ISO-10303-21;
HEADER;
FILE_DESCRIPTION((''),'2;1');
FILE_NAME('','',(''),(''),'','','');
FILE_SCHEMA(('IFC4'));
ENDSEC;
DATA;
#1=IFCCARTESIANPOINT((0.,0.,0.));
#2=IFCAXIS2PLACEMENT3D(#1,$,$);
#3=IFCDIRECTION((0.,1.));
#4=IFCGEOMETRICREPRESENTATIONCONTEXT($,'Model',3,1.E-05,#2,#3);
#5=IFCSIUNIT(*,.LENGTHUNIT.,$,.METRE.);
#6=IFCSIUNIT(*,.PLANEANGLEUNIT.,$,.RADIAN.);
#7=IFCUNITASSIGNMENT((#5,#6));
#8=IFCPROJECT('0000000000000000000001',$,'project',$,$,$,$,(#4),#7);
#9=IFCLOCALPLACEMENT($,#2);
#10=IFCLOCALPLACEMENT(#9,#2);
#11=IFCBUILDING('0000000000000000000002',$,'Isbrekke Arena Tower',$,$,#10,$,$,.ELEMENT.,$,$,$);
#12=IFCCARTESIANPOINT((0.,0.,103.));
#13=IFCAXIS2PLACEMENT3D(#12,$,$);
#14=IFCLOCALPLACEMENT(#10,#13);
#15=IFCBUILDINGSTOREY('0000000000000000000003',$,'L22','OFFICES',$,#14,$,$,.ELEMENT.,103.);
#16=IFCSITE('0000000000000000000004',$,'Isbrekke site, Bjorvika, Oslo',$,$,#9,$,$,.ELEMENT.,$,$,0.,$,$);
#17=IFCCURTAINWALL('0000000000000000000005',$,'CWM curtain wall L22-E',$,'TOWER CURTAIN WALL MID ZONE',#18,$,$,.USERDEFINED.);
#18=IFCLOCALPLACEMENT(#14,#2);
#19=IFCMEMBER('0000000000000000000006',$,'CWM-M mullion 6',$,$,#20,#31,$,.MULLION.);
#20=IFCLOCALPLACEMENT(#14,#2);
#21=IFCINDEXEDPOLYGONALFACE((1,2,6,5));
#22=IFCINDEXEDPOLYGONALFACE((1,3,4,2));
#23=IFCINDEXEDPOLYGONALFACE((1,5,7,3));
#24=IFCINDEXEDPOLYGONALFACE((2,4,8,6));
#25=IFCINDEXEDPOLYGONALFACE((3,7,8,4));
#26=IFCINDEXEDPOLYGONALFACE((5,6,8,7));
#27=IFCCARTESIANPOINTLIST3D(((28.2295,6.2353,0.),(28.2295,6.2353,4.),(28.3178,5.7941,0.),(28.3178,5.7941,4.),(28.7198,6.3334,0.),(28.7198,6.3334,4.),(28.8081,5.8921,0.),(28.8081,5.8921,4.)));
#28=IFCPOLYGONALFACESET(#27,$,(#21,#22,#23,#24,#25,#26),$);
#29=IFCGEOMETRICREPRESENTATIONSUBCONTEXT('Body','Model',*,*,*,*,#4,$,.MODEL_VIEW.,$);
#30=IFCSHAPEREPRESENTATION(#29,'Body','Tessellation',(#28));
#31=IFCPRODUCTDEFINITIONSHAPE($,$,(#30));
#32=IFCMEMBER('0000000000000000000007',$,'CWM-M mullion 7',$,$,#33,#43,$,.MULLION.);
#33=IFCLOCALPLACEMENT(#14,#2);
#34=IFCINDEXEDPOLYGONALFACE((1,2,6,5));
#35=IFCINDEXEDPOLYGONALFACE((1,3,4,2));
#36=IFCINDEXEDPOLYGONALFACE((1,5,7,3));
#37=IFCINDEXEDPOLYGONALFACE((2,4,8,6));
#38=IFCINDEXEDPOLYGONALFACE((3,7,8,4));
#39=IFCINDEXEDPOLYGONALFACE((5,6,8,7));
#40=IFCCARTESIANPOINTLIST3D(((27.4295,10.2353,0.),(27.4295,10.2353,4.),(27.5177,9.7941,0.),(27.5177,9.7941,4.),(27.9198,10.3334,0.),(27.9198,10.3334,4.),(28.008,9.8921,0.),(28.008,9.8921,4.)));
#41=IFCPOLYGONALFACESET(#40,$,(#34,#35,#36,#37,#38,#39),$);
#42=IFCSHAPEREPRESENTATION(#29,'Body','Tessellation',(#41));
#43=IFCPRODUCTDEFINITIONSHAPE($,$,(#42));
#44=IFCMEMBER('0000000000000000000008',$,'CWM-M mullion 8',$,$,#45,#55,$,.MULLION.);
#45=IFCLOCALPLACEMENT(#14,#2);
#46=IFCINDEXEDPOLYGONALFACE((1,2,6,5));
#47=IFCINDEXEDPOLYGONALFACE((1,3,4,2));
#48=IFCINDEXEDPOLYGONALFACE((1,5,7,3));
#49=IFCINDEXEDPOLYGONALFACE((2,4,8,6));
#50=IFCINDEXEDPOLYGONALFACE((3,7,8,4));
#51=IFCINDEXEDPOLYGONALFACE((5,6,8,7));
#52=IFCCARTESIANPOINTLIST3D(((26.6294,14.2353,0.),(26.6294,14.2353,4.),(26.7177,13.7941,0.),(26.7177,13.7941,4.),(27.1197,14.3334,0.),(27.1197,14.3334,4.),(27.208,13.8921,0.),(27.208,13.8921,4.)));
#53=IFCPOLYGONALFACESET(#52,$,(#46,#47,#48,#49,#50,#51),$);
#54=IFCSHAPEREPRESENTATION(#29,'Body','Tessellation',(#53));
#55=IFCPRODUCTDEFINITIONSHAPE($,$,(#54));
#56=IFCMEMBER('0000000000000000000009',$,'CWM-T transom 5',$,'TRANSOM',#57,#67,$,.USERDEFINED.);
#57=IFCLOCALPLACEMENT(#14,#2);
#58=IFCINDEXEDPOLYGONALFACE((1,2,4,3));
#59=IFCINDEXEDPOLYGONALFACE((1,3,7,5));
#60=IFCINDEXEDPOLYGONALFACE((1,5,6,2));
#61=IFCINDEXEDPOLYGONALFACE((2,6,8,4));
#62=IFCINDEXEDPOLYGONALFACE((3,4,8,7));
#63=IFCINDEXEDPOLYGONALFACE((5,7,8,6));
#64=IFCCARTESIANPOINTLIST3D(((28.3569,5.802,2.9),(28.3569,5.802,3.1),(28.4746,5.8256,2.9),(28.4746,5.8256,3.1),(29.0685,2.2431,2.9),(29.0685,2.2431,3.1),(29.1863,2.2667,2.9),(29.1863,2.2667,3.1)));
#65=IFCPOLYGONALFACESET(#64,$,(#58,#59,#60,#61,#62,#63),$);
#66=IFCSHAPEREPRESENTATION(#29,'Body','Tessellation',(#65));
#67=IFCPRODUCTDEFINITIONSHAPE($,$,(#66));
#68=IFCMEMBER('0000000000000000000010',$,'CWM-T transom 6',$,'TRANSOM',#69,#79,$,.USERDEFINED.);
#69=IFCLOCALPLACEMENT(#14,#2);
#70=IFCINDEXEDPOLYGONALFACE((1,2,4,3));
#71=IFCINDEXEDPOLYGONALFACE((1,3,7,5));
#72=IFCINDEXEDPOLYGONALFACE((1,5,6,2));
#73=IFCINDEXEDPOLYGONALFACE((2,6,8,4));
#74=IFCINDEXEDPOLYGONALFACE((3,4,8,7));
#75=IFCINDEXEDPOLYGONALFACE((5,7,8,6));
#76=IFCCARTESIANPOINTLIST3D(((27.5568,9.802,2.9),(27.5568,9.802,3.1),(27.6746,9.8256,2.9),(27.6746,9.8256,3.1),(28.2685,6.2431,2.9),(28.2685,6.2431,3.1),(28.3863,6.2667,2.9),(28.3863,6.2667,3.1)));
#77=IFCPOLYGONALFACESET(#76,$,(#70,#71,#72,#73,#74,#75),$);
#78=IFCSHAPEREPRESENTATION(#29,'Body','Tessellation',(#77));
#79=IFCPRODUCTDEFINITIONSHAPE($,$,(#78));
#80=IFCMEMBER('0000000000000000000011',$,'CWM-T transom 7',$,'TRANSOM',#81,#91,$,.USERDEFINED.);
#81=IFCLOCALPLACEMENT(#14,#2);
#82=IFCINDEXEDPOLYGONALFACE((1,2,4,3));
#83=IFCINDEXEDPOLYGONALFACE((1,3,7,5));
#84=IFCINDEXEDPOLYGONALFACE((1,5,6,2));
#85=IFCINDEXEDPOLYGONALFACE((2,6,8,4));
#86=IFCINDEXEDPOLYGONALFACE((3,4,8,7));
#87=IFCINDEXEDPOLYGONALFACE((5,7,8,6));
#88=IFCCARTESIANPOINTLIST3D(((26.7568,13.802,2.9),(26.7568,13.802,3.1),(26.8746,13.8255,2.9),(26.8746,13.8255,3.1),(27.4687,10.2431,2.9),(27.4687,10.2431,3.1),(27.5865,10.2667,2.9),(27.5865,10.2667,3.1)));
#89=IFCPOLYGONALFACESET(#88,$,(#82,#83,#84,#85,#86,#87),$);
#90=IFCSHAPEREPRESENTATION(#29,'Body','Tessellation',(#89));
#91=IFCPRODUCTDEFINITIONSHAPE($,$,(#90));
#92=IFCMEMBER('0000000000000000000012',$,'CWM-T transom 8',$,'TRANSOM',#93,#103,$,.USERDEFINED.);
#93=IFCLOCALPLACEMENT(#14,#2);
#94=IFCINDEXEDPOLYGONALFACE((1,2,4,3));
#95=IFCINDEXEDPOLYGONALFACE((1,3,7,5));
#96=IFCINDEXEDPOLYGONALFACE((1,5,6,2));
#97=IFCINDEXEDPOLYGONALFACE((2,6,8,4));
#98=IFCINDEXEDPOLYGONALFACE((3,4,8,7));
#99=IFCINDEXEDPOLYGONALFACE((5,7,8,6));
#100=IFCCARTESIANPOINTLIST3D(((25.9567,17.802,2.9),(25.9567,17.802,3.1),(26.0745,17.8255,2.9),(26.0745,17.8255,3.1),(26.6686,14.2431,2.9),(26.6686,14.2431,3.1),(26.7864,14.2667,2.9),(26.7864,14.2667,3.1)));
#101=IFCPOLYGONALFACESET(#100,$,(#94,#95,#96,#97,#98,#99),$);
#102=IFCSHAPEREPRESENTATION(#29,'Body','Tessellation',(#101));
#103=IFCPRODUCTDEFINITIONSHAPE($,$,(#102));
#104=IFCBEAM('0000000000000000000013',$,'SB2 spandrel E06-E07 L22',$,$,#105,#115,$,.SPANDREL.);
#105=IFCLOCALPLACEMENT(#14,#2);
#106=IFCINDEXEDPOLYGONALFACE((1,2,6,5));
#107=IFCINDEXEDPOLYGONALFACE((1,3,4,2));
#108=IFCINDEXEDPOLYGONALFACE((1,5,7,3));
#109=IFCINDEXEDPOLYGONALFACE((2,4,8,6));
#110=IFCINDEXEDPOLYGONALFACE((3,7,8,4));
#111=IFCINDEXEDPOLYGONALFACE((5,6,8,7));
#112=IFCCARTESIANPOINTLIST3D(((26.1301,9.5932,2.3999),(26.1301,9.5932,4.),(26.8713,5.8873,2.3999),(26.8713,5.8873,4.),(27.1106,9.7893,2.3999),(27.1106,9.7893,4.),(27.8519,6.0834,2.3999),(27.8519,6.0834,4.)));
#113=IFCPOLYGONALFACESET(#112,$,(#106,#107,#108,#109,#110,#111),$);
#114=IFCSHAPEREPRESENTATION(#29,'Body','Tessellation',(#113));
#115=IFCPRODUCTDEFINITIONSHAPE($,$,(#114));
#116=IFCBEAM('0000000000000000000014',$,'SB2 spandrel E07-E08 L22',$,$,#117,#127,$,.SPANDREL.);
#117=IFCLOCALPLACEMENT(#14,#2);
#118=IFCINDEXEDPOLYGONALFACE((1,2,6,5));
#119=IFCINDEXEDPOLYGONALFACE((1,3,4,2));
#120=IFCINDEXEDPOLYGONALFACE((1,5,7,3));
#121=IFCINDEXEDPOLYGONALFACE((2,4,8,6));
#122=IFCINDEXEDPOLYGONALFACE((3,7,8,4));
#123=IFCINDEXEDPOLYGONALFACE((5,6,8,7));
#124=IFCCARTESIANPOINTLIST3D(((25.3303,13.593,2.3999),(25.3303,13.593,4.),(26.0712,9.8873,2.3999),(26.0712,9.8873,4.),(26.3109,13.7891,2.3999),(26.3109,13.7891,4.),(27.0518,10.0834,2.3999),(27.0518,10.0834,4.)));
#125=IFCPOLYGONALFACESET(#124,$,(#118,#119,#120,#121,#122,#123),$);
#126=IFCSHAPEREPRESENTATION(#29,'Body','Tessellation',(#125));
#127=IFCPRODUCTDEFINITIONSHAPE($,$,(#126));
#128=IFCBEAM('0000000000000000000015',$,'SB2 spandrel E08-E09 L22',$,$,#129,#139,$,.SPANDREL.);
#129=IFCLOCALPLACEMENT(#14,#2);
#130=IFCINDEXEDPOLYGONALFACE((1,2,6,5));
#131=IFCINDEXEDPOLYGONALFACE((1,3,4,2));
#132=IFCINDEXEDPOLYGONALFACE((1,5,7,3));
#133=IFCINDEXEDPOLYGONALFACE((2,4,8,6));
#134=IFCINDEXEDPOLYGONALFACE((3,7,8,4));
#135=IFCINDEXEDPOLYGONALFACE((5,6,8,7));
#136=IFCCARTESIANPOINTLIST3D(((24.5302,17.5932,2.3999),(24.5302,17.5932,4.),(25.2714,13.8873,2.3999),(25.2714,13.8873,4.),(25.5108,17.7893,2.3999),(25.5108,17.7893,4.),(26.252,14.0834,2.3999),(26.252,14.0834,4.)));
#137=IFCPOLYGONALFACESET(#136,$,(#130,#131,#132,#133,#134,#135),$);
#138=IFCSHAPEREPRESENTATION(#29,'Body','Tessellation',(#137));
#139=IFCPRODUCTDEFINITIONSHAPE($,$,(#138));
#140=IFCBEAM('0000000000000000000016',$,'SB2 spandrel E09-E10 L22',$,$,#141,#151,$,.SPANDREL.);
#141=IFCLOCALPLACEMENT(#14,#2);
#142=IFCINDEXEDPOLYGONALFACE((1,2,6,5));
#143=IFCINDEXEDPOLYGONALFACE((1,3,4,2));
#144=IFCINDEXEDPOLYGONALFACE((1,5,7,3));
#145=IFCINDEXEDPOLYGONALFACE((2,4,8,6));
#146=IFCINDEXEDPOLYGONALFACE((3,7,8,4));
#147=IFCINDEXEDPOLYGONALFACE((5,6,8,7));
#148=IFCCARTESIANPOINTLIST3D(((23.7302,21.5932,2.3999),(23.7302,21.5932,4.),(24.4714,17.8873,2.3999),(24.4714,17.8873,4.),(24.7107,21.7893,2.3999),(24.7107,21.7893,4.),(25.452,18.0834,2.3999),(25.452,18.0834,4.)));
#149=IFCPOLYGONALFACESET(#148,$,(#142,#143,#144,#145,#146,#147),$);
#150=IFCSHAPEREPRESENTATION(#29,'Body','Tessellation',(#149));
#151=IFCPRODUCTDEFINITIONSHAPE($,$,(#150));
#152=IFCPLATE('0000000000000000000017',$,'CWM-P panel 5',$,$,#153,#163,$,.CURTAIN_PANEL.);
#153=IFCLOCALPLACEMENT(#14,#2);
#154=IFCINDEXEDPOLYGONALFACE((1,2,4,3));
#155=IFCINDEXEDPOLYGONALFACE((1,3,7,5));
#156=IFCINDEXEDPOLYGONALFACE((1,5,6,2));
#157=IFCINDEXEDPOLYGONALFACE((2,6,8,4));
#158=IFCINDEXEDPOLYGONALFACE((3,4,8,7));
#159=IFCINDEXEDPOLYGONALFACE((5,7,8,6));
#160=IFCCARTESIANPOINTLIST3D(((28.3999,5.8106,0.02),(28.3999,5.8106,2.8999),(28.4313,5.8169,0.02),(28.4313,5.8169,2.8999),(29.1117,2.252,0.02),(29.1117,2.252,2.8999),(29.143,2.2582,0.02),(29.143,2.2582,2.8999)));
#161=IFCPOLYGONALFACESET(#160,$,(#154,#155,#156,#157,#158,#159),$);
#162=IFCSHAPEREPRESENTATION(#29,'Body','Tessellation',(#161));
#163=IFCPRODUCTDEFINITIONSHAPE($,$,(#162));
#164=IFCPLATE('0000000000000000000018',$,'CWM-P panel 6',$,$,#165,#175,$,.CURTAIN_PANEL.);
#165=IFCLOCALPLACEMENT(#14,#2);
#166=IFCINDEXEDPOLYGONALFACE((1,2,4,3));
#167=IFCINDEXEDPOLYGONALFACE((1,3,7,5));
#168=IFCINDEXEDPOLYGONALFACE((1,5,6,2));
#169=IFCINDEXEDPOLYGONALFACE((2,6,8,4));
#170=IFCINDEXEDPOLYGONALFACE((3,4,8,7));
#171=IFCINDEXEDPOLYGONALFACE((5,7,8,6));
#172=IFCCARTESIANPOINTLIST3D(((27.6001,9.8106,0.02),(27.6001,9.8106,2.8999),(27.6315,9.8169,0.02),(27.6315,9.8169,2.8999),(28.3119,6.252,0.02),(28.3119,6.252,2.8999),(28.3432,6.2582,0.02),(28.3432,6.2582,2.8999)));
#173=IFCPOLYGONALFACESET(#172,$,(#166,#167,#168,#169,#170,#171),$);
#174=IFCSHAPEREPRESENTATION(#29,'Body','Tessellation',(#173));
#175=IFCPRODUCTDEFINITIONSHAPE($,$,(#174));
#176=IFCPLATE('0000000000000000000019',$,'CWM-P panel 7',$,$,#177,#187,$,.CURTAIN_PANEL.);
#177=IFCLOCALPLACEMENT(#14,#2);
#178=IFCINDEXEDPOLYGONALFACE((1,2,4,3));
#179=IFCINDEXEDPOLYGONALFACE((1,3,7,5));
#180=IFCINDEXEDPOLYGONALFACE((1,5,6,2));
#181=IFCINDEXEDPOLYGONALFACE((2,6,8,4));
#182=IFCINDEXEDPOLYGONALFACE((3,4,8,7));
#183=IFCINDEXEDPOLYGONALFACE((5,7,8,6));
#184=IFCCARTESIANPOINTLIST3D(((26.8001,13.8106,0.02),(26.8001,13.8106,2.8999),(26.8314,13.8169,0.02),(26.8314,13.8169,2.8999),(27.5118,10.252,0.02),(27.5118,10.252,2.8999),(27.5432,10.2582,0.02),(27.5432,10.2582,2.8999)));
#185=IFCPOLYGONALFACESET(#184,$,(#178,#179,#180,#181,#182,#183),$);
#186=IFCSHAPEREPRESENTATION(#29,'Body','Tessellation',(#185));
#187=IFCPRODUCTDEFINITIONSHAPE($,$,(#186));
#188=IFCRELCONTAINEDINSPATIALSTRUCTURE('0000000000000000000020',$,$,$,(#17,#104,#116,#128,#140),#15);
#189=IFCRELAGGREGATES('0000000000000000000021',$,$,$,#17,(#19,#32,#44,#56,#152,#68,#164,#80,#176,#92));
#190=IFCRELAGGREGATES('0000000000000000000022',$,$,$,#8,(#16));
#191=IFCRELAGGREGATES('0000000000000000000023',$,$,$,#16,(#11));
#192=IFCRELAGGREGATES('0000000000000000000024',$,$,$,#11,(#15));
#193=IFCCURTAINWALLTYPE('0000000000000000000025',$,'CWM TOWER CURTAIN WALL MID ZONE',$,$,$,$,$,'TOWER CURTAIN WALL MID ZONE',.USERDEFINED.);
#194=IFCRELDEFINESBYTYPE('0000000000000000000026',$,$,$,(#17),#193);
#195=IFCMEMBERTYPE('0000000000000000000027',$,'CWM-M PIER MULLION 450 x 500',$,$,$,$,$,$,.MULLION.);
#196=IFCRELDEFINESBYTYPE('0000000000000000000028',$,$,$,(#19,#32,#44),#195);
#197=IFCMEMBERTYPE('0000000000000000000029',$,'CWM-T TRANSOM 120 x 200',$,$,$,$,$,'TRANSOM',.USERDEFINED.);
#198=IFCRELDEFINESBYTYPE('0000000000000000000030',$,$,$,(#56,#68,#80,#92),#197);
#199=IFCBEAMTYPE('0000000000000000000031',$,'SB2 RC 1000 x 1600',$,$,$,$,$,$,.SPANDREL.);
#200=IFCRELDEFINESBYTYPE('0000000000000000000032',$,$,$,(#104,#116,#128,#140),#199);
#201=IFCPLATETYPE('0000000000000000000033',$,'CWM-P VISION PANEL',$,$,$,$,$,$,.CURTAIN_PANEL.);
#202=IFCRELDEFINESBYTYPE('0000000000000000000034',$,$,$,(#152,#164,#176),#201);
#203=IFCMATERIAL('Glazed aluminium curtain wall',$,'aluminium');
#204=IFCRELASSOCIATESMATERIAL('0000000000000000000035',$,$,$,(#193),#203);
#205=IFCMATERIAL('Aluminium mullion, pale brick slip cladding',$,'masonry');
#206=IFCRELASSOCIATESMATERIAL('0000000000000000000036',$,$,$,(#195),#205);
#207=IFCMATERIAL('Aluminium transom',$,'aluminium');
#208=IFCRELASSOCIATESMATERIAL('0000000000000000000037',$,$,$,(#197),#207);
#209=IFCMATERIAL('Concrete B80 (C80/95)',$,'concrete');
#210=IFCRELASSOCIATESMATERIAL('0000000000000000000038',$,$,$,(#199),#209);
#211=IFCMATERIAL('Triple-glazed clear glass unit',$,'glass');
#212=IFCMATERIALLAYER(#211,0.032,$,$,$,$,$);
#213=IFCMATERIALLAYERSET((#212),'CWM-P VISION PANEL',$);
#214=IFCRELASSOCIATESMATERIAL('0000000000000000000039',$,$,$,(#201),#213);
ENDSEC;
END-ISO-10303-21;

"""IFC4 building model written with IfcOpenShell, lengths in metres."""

from ifc_helpers import new_model, si_unit, direction, frame, origin, origin_2d, place, context, subcontext, project, spatial, rectangle, extrude, material, layer, layer_set, material_profile, profile_set, type_object, element, aggregate, save


model = new_model("IFC4")

# Units and contexts
model_context = context("Model", 3, precision=1e-05, world=origin(), true_north=direction((0.0, 1.0)))
body_context = subcontext(model_context, "Body", "Model", "MODEL_VIEW")
ifc_project = project(units=[si_unit("LENGTHUNIT", "METRE"), si_unit("PLANEANGLEUNIT", "RADIAN")], contexts=[model_context])

# Site, building, storey
site_placement = place(None, origin())
site = spatial("IfcSite", under=ifc_project, at=site_placement, Name="Isbrekke site, Bjorvika, Oslo", CompositionType="ELEMENT", RefElevation=0.0)
building_placement = place(site_placement, origin())
building = spatial("IfcBuilding", under=site, at=building_placement, Name="Isbrekke Arena Tower", CompositionType="ELEMENT")
storey_placement = place(building_placement, frame((0.0, 0.0, 103.0)))
storey = spatial("IfcBuildingStorey", under=building, at=storey_placement, Name="L22", Description="OFFICES", CompositionType="ELEMENT", Elevation=103.0)

# Curtain wall, members
ifc_material_1 = material(Name="Glazed aluminium curtain wall", Category="aluminium")
curtain_wall_type = type_object("IfcCurtainWallType", Name="CWM TOWER CURTAIN WALL MID ZONE", ElementType="TOWER CURTAIN WALL MID ZONE", PredefinedType="USERDEFINED", material=ifc_material_1)
curtain_wall_placement = place(storey_placement, origin())
curtain_wall = element("IfcCurtainWall", 1, at=curtain_wall_placement, inside=storey, type_object=curtain_wall_type, Name="CWM curtain wall L22-E", ObjectType="TOWER CURTAIN WALL MID ZONE", PredefinedType="USERDEFINED")
ifc_material_2 = material(Name="Aluminium mullion, pale brick slip cladding", Category="masonry")
ifc_material_profile_1 = material_profile(ifc_material_2, rectangle(XDim=0.45, YDim=0.5, at=origin_2d()), Name="PIER 450X500")
ifc_profile_set_1 = profile_set([ifc_material_profile_1], Name="Aluminium mullion, pale brick slip cladding")
member_type_1 = type_object("IfcMemberType", Name="CWM-M PIER MULLION 450 x 500", PredefinedType="MULLION", material=ifc_profile_set_1)
member_1_placement = place(storey_placement, frame((28.5188, 6.0637, 0.0), z_axis=(0.0, 0.0, 1.0), x_axis=(-0.196116, 0.980581, 0.0)))
member_1 = element("IfcMember", 2, at=member_1_placement, type_object=member_type_1, Name="CWM-M mullion 6", PredefinedType="MULLION", context=body_context, shape_type="SweptSolid", body=[
    extrude(rectangle(XDim=0.45, YDim=0.5, at=origin_2d()), origin(), (0.0, 0.0, 1.0), 4.0),
])
member_2_placement = place(storey_placement, frame((27.7188, 10.0637, 0.0), z_axis=(0.0, 0.0, 1.0), x_axis=(-0.196116, 0.980581, 0.0)))
member_2 = element("IfcMember", 3, at=member_2_placement, type_object=member_type_1, Name="CWM-M mullion 7", PredefinedType="MULLION", context=body_context, shape_type="SweptSolid", body=[
    extrude(rectangle(XDim=0.45, YDim=0.5, at=origin_2d()), origin(), (0.0, 0.0, 1.0), 4.0),
])
member_3_placement = place(storey_placement, frame((26.9187, 14.0637, 0.0), z_axis=(0.0, 0.0, 1.0), x_axis=(-0.196116, 0.980581, 0.0)))
member_3 = element("IfcMember", 4, at=member_3_placement, type_object=member_type_1, Name="CWM-M mullion 8", PredefinedType="MULLION", context=body_context, shape_type="SweptSolid", body=[
    extrude(rectangle(XDim=0.45, YDim=0.5, at=origin_2d()), origin(), (0.0, 0.0, 1.0), 4.0),
])
ifc_material_3 = material(Name="Aluminium transom", Category="aluminium")
ifc_material_profile_2 = material_profile(ifc_material_3, rectangle(XDim=0.1201, YDim=0.2, at=origin_2d()), Name="TRANSOM 120X200")
ifc_profile_set_2 = profile_set([ifc_material_profile_2], Name="Aluminium transom")
member_type_2 = type_object("IfcMemberType", Name="CWM-T TRANSOM 120 x 200", ElementType="TRANSOM", PredefinedType="USERDEFINED", material=ifc_profile_set_2)
member_4_placement = place(storey_placement, frame((29.1274, 2.2549, 3.0), z_axis=(-0.19609, 0.980586, 0.0), x_axis=(-0.980586, -0.19609, 0.0)))
member_4 = element("IfcMember", 5, at=member_4_placement, type_object=member_type_2, Name="CWM-T transom 5", ObjectType="TRANSOM", PredefinedType="USERDEFINED", context=body_context, shape_type="SweptSolid", body=[
    extrude(rectangle(XDim=0.1201, YDim=0.2, at=origin_2d()), origin(), (0.0, 0.0, 1.0), 3.6294),
])
member_5_placement = place(storey_placement, frame((28.3274, 6.2549, 3.0), z_axis=(-0.19609, 0.980586, 0.0), x_axis=(-0.980586, -0.19609, 0.0)))
member_5 = element("IfcMember", 6, at=member_5_placement, type_object=member_type_2, Name="CWM-T transom 6", ObjectType="TRANSOM", PredefinedType="USERDEFINED", context=body_context, shape_type="SweptSolid", body=[
    extrude(rectangle(XDim=0.1201, YDim=0.2, at=origin_2d()), origin(), (0.0, 0.0, 1.0), 3.6294),
])
member_6_placement = place(storey_placement, frame((27.5276, 10.2549, 3.0), z_axis=(-0.196155, 0.980573, 0.0), x_axis=(-0.980573, -0.196155, 0.0)))
member_6 = element("IfcMember", 7, at=member_6_placement, type_object=member_type_2, Name="CWM-T transom 7", ObjectType="TRANSOM", PredefinedType="USERDEFINED", context=body_context, shape_type="SweptSolid", body=[
    extrude(rectangle(XDim=0.1201, YDim=0.2, at=origin_2d()), origin(), (0.0, 0.0, 1.0), 3.6294),
])
member_7_placement = place(storey_placement, frame((26.7275, 14.2549, 3.0), z_axis=(-0.196155, 0.980573, 0.0), x_axis=(-0.980573, -0.196155, 0.0)))
member_7 = element("IfcMember", 8, at=member_7_placement, type_object=member_type_2, Name="CWM-T transom 8", ObjectType="TRANSOM", PredefinedType="USERDEFINED", context=body_context, shape_type="SweptSolid", body=[
    extrude(rectangle(XDim=0.1201, YDim=0.2, at=origin_2d()), origin(), (0.0, 0.0, 1.0), 3.6294),
])

# Beams
ifc_material_4 = material(Name="Concrete B80 (C80/95)", Category="concrete")
ifc_material_profile_3 = material_profile(ifc_material_4, rectangle(XDim=1.0, YDim=1.6001, at=origin_2d()), Name="RC 1000x1600")
ifc_profile_set_3 = profile_set([ifc_material_profile_3], Name="Concrete B80 (C80/95)")
beam_type_1 = type_object("IfcBeamType", Name="SB2 RC 1000 x 1600", PredefinedType="SPANDREL", material=ifc_profile_set_3)
beam_1_placement = place(storey_placement, frame((27.3616, 5.9854, 3.2), z_axis=(-0.196129, 0.980578, 0.0), x_axis=(-0.980578, -0.196129, 0.0)))
element("IfcBeam", 9, at=beam_1_placement, inside=storey, type_object=beam_type_1, Name="SB2 spandrel E06-E07 L22", PredefinedType="SPANDREL", context=body_context, shape_type="SweptSolid", body=[
    extrude(rectangle(XDim=1.0, YDim=1.6001, at=origin_2d()), origin(), (0.0, 0.0, 1.0), 3.7793),
])
beam_2_placement = place(storey_placement, frame((26.5615, 9.9854, 3.2), z_axis=(-0.196066, 0.980591, 0.0), x_axis=(-0.980591, -0.196066, 0.0)))
element("IfcBeam", 10, at=beam_2_placement, inside=storey, type_object=beam_type_1, Name="SB2 spandrel E07-E08 L22", PredefinedType="SPANDREL", context=body_context, shape_type="SweptSolid", body=[
    extrude(rectangle(XDim=1.0, YDim=1.6001, at=origin_2d()), origin(), (0.0, 0.0, 1.0), 3.7791),
])
for number, where, z_axis, x_axis, name in (
    (11, (25.7617, 13.9854, 3.2), (-0.196129, 0.980578, 0.0), (-0.980578, -0.196129, 0.0), "SB2 spandrel E08-E09 L22"),
    (12, (24.9617, 17.9854, 3.2), (-0.196129, 0.980578, 0.0), (-0.980578, -0.196129, 0.0), "SB2 spandrel E09-E10 L22"),
):
    element("IfcBeam", number, at=place(storey_placement, frame(where, z_axis=z_axis, x_axis=x_axis)), inside=storey, type_object=beam_type_1, Name=name, PredefinedType="SPANDREL", context=body_context, shape_type="SweptSolid", body=[
        extrude(rectangle(XDim=1.0, YDim=1.6001, at=origin_2d()), origin(), (0.0, 0.0, 1.0), 3.7793),
    ])

# Plates
ifc_material_5 = material(Name="Triple-glazed clear glass unit", Category="glass")
ifc_layer_1 = layer(ifc_material_5, 0.032)
ifc_layer_set_1 = layer_set([ifc_layer_1], Name="CWM-P VISION PANEL")
plate_type = type_object("IfcPlateType", Name="CWM-P VISION PANEL", PredefinedType="CURTAIN_PANEL", material=ifc_layer_set_1)
plate_1_placement = place(storey_placement, frame((28.7715, 4.0344, 0.02), z_axis=(0.0, 0.0, 1.0), x_axis=(-0.196116, 0.980581, 0.0)))
plate_1 = element("IfcPlate", 13, at=plate_1_placement, type_object=plate_type, Name="CWM-P panel 5", PredefinedType="CURTAIN_PANEL", context=body_context, shape_type="SweptSolid", body=[
    extrude(rectangle(XDim=3.6292, YDim=0.032, at=origin_2d()), origin(), (0.0, 0.0, 1.0), 2.8799),
])
plate_2_placement = place(storey_placement, frame((27.9717, 8.0344, 0.02), z_axis=(0.0, 0.0, 1.0), x_axis=(-0.196116, 0.980581, 0.0)))
plate_2 = element("IfcPlate", 14, at=plate_2_placement, type_object=plate_type, Name="CWM-P panel 6", PredefinedType="CURTAIN_PANEL", context=body_context, shape_type="SweptSolid", body=[
    extrude(rectangle(XDim=3.6292, YDim=0.032, at=origin_2d()), origin(), (0.0, 0.0, 1.0), 2.8799),
])
plate_3_placement = place(storey_placement, frame((27.1716, 12.0344, 0.02), z_axis=(0.0, 0.0, 1.0), x_axis=(-0.196116, 0.980581, 0.0)))
plate_3 = element("IfcPlate", 15, at=plate_3_placement, type_object=plate_type, Name="CWM-P panel 7", PredefinedType="CURTAIN_PANEL", context=body_context, shape_type="SweptSolid", body=[
    extrude(rectangle(XDim=3.6292, YDim=0.032, at=origin_2d()), origin(), (0.0, 0.0, 1.0), 2.8799),
])
aggregate(curtain_wall, [member_1, member_2, member_3, member_4, plate_1, member_5, plate_2, member_6, plate_3, member_7])

save(model, "model.ifc")
